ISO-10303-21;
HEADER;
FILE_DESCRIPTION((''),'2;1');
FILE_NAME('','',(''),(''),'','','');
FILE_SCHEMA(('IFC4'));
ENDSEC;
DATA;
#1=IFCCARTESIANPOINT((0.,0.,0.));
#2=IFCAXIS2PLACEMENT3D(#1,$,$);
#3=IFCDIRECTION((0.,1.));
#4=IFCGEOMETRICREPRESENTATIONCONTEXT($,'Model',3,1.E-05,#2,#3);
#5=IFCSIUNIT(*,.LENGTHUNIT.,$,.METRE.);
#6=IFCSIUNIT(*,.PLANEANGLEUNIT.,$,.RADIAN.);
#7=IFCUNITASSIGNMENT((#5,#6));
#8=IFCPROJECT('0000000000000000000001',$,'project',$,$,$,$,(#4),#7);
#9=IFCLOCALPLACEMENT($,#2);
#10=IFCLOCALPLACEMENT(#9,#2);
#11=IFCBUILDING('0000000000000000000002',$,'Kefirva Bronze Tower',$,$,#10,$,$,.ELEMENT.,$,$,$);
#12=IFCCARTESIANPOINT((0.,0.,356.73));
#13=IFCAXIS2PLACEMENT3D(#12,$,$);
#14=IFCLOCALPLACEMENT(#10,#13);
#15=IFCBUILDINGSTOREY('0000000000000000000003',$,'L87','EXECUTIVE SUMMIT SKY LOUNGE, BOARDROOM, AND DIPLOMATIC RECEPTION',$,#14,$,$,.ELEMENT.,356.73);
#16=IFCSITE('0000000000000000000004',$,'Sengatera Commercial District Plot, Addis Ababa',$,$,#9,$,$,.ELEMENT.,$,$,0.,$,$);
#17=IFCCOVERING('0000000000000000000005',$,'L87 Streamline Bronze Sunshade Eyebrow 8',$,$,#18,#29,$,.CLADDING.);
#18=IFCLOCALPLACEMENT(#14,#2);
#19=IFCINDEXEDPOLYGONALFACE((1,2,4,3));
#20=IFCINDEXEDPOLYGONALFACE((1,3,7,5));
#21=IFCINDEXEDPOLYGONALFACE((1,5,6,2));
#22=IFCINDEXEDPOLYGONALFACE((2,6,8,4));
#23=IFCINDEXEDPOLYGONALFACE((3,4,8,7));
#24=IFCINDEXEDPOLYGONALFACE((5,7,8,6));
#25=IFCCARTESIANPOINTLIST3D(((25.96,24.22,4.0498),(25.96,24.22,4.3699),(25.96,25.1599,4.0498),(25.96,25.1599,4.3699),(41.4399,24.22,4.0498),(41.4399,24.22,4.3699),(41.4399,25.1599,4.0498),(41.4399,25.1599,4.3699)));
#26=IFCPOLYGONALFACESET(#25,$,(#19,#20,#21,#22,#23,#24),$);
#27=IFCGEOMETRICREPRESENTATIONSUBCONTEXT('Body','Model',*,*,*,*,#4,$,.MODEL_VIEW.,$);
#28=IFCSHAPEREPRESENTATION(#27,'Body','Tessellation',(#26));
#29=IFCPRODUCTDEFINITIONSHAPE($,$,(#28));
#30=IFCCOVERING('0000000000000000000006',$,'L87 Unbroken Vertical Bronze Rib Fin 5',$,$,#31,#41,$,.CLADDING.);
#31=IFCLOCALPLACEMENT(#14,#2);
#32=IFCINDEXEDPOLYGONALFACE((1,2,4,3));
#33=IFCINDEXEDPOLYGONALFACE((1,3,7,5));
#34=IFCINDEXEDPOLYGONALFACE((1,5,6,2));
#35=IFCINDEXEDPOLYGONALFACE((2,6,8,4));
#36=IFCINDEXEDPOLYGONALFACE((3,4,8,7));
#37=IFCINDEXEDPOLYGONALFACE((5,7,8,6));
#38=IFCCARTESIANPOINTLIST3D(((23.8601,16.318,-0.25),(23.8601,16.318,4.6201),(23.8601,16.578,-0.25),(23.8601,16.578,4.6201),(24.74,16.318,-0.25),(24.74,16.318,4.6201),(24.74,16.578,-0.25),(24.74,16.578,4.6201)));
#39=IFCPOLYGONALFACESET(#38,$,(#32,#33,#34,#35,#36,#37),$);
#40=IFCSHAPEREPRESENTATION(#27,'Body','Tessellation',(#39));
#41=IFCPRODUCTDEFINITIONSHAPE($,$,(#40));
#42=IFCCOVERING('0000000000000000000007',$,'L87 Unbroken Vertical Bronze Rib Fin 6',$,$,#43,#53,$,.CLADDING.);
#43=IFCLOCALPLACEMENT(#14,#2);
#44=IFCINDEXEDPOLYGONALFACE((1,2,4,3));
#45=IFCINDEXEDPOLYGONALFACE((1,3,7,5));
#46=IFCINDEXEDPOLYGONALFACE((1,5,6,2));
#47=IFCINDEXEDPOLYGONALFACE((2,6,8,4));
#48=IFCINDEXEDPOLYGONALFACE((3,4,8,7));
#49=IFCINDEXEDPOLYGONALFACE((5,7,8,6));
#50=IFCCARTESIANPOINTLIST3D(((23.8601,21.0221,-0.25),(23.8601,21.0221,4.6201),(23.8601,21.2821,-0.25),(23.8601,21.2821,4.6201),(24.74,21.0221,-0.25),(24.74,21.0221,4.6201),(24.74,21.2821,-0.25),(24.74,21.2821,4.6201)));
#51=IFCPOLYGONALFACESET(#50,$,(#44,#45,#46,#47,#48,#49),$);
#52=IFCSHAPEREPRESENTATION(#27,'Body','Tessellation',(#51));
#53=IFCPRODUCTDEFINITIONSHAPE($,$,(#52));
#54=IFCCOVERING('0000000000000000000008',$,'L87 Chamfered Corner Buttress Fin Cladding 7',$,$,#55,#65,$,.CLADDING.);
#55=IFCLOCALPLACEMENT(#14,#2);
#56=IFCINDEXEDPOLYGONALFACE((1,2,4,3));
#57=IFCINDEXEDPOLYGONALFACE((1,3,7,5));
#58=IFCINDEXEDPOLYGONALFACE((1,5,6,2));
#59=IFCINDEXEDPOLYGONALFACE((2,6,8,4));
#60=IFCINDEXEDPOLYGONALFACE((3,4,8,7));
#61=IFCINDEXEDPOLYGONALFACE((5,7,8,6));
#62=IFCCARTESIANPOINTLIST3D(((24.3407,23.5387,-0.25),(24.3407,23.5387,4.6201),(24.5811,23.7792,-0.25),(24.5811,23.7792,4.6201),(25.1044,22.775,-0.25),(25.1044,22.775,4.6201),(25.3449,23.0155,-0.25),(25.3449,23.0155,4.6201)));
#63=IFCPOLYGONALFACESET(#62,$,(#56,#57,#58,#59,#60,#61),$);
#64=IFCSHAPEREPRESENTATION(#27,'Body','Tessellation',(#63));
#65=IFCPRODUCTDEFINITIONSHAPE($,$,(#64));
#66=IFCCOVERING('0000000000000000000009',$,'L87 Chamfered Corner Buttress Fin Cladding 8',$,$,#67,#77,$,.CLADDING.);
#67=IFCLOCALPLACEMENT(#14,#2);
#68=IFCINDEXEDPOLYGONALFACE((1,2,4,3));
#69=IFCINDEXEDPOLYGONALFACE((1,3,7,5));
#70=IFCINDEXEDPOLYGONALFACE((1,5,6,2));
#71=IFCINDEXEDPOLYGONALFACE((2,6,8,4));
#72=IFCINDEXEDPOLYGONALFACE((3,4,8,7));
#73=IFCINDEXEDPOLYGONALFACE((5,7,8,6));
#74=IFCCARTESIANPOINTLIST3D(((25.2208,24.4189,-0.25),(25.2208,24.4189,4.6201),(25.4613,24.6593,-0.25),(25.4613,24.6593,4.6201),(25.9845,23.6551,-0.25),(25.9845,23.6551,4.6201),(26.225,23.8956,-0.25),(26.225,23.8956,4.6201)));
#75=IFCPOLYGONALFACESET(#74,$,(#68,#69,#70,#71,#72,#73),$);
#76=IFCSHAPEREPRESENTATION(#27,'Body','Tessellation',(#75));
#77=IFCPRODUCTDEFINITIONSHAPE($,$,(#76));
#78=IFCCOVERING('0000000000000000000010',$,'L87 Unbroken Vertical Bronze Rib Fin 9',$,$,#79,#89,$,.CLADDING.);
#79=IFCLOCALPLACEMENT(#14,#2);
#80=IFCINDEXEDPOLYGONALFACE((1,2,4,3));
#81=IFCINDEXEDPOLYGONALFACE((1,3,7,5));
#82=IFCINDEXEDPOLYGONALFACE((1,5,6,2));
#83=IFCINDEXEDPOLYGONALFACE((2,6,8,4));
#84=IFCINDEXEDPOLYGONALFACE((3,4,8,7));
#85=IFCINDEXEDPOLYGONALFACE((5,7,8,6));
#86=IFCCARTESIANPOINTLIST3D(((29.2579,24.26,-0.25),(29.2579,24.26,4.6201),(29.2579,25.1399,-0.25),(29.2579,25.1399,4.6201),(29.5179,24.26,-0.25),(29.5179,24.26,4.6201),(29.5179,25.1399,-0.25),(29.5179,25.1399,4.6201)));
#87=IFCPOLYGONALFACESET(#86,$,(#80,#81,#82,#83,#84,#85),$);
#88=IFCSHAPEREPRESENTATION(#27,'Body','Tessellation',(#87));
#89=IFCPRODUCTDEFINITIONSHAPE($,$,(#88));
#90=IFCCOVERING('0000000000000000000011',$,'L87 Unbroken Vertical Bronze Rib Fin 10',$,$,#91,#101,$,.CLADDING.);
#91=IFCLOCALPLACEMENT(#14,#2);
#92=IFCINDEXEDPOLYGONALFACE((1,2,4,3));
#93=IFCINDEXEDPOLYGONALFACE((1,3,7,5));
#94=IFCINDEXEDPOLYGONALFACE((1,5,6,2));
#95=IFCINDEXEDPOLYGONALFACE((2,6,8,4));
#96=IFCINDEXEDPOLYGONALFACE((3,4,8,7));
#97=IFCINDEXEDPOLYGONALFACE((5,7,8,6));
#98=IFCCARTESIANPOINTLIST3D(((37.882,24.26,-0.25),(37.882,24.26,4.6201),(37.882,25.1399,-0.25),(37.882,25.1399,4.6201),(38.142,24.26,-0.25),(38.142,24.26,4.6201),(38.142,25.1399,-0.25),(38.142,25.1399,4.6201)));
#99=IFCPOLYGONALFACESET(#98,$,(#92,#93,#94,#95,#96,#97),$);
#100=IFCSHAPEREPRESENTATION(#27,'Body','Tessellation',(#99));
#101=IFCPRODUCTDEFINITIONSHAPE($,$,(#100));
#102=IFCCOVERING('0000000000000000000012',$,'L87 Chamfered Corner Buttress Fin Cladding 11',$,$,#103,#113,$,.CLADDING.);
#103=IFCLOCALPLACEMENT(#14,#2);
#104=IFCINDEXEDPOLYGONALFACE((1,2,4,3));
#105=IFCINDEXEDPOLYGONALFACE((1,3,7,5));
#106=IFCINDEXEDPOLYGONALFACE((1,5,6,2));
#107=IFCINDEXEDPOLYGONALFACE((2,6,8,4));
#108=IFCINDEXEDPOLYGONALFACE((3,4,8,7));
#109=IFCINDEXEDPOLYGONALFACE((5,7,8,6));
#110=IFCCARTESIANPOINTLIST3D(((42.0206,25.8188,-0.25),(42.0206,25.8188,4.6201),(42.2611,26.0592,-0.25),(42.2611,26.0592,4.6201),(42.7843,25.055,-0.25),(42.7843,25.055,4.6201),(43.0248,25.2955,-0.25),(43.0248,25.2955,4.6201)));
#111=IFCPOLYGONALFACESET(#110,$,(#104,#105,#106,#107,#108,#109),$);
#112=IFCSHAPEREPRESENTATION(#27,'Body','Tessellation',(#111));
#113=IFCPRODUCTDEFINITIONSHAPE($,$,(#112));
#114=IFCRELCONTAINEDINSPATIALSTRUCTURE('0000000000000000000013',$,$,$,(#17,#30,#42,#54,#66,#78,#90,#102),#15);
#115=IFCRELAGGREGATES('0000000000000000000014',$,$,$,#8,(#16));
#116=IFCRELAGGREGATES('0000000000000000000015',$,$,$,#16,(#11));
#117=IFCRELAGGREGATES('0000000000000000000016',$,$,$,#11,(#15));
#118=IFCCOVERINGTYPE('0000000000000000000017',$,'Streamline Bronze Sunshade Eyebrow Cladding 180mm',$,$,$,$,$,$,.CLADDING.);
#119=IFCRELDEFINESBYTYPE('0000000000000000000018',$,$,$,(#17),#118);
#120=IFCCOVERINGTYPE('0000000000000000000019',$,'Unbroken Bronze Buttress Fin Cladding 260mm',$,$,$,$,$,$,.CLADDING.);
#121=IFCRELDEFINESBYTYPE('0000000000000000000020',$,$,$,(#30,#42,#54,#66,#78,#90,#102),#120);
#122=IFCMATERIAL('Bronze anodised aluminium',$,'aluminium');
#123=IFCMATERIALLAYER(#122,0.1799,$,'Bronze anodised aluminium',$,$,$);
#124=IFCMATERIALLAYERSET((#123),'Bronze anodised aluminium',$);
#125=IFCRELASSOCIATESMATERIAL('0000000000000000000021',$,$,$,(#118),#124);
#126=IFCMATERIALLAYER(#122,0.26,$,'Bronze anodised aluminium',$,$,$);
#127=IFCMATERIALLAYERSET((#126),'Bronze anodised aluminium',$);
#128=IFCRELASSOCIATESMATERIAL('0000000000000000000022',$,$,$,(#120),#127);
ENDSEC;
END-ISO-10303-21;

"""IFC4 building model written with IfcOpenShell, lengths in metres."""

from ifc_helpers import new_model, si_unit, direction, frame, origin, origin_2d, place, context, subcontext, project, spatial, rectangle, extrude, material, layer, layer_set, type_object, element, save


model = new_model("IFC4")

# Units and contexts
model_context = context("Model", 3, precision=1e-05, world=origin(), true_north=direction((0.0, 1.0)))
body_context = subcontext(model_context, "Body", "Model", "MODEL_VIEW")
ifc_project = project(units=[si_unit("LENGTHUNIT", "METRE"), si_unit("PLANEANGLEUNIT", "RADIAN")], contexts=[model_context])

# Site, building, storey
site_placement = place(None, origin())
site = spatial("IfcSite", under=ifc_project, at=site_placement, Name="Sengatera Commercial District Plot, Addis Ababa", CompositionType="ELEMENT", RefElevation=0.0)
building_placement = place(site_placement, origin())
building = spatial("IfcBuilding", under=site, at=building_placement, Name="Kefirva Bronze Tower", CompositionType="ELEMENT")
storey_placement = place(building_placement, frame((0.0, 0.0, 356.73)))
storey = spatial("IfcBuildingStorey", under=building, at=storey_placement, Name="L87", Description="EXECUTIVE SUMMIT SKY LOUNGE, BOARDROOM, AND DIPLOMATIC RECEPTION", CompositionType="ELEMENT", Elevation=356.73)

# Shared definitions
ifc_material_1 = material(Name="Bronze anodised aluminium", Category="aluminium")

# Coverings
ifc_layer_1 = layer(ifc_material_1, 0.1799, Name="Bronze anodised aluminium")
ifc_layer_set_1 = layer_set([ifc_layer_1], Name="Bronze anodised aluminium")
covering_type_1 = type_object("IfcCoveringType", Name="Streamline Bronze Sunshade Eyebrow Cladding 180mm", PredefinedType="CLADDING", material=ifc_layer_set_1)
covering_1_placement = place(storey_placement, frame((33.7, 24.6899, 4.0498), z_axis=(0.0, 0.0, 1.0), x_axis=(1.0, 0.0, 0.0)))
element("IfcCovering", 1, at=covering_1_placement, inside=storey, type_object=covering_type_1, Name="L87 Streamline Bronze Sunshade Eyebrow 8", PredefinedType="CLADDING", context=body_context, shape_type="SweptSolid", body=[
    extrude(rectangle(XDim=15.48, YDim=0.9399, at=origin_2d()), origin(), (0.0, 0.0, 1.0), 0.3201),
])
ifc_layer_2 = layer(ifc_material_1, 0.26, Name="Bronze anodised aluminium")
ifc_layer_set_2 = layer_set([ifc_layer_2], Name="Bronze anodised aluminium")
covering_type_2 = type_object("IfcCoveringType", Name="Unbroken Bronze Buttress Fin Cladding 260mm", PredefinedType="CLADDING", material=ifc_layer_set_2)
for number, where, z_axis, x_axis, name in (
    (2, (24.3, 16.448, -0.25), (0.0, 0.0, 1.0), (0.0, 1.0, 0.0), "L87 Unbroken Vertical Bronze Rib Fin 5"),
    (3, (24.3, 21.1521, -0.25), (0.0, 0.0, 1.0), (0.0, 1.0, 0.0), "L87 Unbroken Vertical Bronze Rib Fin 6"),
):
    element("IfcCovering", number, at=place(storey_placement, frame(where, z_axis=z_axis, x_axis=x_axis)), inside=storey, type_object=covering_type_2, Name=name, PredefinedType="CLADDING", context=body_context, shape_type="SweptSolid", body=[
        extrude(rectangle(XDim=0.26, YDim=0.8799, at=origin_2d()), origin(), (0.0, 0.0, 1.0), 4.8701),
    ])
for number, where, z_axis, x_axis, name in (
    (4, (24.8428, 23.2771, -0.25), (0.0, 0.0, 1.0), (0.707107, 0.707107, 0.0), "L87 Chamfered Corner Buttress Fin Cladding 7"),
    (5, (25.7229, 24.1572, -0.25), (0.0, 0.0, 1.0), (0.707107, 0.707107, 0.0), "L87 Chamfered Corner Buttress Fin Cladding 8"),
):
    element("IfcCovering", number, at=place(storey_placement, frame(where, z_axis=z_axis, x_axis=x_axis)), inside=storey, type_object=covering_type_2, Name=name, PredefinedType="CLADDING", context=body_context, shape_type="SweptSolid", body=[
        extrude(rectangle(XDim=0.3401, YDim=1.0801, at=origin_2d()), origin(), (0.0, 0.0, 1.0), 4.8701),
    ])
for number, where, z_axis, x_axis, name in (
    (6, (29.3879, 24.7, -0.25), (0.0, 0.0, 1.0), (1.0, 0.0, 0.0), "L87 Unbroken Vertical Bronze Rib Fin 9"),
    (7, (38.012, 24.7, -0.25), (0.0, 0.0, 1.0), (1.0, 0.0, 0.0), "L87 Unbroken Vertical Bronze Rib Fin 10"),
):
    element("IfcCovering", number, at=place(storey_placement, frame(where, z_axis=z_axis, x_axis=x_axis)), inside=storey, type_object=covering_type_2, Name=name, PredefinedType="CLADDING", context=body_context, shape_type="SweptSolid", body=[
        extrude(rectangle(XDim=0.26, YDim=0.8799, at=origin_2d()), origin(), (0.0, 0.0, 1.0), 4.8701),
    ])
covering_2_placement = place(storey_placement, frame((42.5227, 25.5571, -0.25), z_axis=(0.0, 0.0, 1.0), x_axis=(0.707107, 0.707107, 0.0)))
element("IfcCovering", 8, at=covering_2_placement, inside=storey, type_object=covering_type_2, Name="L87 Chamfered Corner Buttress Fin Cladding 11", PredefinedType="CLADDING", context=body_context, shape_type="SweptSolid", body=[
    extrude(rectangle(XDim=0.3401, YDim=1.0801, at=origin_2d()), origin(), (0.0, 0.0, 1.0), 4.8701),
])

save(model, "model.ifc")
